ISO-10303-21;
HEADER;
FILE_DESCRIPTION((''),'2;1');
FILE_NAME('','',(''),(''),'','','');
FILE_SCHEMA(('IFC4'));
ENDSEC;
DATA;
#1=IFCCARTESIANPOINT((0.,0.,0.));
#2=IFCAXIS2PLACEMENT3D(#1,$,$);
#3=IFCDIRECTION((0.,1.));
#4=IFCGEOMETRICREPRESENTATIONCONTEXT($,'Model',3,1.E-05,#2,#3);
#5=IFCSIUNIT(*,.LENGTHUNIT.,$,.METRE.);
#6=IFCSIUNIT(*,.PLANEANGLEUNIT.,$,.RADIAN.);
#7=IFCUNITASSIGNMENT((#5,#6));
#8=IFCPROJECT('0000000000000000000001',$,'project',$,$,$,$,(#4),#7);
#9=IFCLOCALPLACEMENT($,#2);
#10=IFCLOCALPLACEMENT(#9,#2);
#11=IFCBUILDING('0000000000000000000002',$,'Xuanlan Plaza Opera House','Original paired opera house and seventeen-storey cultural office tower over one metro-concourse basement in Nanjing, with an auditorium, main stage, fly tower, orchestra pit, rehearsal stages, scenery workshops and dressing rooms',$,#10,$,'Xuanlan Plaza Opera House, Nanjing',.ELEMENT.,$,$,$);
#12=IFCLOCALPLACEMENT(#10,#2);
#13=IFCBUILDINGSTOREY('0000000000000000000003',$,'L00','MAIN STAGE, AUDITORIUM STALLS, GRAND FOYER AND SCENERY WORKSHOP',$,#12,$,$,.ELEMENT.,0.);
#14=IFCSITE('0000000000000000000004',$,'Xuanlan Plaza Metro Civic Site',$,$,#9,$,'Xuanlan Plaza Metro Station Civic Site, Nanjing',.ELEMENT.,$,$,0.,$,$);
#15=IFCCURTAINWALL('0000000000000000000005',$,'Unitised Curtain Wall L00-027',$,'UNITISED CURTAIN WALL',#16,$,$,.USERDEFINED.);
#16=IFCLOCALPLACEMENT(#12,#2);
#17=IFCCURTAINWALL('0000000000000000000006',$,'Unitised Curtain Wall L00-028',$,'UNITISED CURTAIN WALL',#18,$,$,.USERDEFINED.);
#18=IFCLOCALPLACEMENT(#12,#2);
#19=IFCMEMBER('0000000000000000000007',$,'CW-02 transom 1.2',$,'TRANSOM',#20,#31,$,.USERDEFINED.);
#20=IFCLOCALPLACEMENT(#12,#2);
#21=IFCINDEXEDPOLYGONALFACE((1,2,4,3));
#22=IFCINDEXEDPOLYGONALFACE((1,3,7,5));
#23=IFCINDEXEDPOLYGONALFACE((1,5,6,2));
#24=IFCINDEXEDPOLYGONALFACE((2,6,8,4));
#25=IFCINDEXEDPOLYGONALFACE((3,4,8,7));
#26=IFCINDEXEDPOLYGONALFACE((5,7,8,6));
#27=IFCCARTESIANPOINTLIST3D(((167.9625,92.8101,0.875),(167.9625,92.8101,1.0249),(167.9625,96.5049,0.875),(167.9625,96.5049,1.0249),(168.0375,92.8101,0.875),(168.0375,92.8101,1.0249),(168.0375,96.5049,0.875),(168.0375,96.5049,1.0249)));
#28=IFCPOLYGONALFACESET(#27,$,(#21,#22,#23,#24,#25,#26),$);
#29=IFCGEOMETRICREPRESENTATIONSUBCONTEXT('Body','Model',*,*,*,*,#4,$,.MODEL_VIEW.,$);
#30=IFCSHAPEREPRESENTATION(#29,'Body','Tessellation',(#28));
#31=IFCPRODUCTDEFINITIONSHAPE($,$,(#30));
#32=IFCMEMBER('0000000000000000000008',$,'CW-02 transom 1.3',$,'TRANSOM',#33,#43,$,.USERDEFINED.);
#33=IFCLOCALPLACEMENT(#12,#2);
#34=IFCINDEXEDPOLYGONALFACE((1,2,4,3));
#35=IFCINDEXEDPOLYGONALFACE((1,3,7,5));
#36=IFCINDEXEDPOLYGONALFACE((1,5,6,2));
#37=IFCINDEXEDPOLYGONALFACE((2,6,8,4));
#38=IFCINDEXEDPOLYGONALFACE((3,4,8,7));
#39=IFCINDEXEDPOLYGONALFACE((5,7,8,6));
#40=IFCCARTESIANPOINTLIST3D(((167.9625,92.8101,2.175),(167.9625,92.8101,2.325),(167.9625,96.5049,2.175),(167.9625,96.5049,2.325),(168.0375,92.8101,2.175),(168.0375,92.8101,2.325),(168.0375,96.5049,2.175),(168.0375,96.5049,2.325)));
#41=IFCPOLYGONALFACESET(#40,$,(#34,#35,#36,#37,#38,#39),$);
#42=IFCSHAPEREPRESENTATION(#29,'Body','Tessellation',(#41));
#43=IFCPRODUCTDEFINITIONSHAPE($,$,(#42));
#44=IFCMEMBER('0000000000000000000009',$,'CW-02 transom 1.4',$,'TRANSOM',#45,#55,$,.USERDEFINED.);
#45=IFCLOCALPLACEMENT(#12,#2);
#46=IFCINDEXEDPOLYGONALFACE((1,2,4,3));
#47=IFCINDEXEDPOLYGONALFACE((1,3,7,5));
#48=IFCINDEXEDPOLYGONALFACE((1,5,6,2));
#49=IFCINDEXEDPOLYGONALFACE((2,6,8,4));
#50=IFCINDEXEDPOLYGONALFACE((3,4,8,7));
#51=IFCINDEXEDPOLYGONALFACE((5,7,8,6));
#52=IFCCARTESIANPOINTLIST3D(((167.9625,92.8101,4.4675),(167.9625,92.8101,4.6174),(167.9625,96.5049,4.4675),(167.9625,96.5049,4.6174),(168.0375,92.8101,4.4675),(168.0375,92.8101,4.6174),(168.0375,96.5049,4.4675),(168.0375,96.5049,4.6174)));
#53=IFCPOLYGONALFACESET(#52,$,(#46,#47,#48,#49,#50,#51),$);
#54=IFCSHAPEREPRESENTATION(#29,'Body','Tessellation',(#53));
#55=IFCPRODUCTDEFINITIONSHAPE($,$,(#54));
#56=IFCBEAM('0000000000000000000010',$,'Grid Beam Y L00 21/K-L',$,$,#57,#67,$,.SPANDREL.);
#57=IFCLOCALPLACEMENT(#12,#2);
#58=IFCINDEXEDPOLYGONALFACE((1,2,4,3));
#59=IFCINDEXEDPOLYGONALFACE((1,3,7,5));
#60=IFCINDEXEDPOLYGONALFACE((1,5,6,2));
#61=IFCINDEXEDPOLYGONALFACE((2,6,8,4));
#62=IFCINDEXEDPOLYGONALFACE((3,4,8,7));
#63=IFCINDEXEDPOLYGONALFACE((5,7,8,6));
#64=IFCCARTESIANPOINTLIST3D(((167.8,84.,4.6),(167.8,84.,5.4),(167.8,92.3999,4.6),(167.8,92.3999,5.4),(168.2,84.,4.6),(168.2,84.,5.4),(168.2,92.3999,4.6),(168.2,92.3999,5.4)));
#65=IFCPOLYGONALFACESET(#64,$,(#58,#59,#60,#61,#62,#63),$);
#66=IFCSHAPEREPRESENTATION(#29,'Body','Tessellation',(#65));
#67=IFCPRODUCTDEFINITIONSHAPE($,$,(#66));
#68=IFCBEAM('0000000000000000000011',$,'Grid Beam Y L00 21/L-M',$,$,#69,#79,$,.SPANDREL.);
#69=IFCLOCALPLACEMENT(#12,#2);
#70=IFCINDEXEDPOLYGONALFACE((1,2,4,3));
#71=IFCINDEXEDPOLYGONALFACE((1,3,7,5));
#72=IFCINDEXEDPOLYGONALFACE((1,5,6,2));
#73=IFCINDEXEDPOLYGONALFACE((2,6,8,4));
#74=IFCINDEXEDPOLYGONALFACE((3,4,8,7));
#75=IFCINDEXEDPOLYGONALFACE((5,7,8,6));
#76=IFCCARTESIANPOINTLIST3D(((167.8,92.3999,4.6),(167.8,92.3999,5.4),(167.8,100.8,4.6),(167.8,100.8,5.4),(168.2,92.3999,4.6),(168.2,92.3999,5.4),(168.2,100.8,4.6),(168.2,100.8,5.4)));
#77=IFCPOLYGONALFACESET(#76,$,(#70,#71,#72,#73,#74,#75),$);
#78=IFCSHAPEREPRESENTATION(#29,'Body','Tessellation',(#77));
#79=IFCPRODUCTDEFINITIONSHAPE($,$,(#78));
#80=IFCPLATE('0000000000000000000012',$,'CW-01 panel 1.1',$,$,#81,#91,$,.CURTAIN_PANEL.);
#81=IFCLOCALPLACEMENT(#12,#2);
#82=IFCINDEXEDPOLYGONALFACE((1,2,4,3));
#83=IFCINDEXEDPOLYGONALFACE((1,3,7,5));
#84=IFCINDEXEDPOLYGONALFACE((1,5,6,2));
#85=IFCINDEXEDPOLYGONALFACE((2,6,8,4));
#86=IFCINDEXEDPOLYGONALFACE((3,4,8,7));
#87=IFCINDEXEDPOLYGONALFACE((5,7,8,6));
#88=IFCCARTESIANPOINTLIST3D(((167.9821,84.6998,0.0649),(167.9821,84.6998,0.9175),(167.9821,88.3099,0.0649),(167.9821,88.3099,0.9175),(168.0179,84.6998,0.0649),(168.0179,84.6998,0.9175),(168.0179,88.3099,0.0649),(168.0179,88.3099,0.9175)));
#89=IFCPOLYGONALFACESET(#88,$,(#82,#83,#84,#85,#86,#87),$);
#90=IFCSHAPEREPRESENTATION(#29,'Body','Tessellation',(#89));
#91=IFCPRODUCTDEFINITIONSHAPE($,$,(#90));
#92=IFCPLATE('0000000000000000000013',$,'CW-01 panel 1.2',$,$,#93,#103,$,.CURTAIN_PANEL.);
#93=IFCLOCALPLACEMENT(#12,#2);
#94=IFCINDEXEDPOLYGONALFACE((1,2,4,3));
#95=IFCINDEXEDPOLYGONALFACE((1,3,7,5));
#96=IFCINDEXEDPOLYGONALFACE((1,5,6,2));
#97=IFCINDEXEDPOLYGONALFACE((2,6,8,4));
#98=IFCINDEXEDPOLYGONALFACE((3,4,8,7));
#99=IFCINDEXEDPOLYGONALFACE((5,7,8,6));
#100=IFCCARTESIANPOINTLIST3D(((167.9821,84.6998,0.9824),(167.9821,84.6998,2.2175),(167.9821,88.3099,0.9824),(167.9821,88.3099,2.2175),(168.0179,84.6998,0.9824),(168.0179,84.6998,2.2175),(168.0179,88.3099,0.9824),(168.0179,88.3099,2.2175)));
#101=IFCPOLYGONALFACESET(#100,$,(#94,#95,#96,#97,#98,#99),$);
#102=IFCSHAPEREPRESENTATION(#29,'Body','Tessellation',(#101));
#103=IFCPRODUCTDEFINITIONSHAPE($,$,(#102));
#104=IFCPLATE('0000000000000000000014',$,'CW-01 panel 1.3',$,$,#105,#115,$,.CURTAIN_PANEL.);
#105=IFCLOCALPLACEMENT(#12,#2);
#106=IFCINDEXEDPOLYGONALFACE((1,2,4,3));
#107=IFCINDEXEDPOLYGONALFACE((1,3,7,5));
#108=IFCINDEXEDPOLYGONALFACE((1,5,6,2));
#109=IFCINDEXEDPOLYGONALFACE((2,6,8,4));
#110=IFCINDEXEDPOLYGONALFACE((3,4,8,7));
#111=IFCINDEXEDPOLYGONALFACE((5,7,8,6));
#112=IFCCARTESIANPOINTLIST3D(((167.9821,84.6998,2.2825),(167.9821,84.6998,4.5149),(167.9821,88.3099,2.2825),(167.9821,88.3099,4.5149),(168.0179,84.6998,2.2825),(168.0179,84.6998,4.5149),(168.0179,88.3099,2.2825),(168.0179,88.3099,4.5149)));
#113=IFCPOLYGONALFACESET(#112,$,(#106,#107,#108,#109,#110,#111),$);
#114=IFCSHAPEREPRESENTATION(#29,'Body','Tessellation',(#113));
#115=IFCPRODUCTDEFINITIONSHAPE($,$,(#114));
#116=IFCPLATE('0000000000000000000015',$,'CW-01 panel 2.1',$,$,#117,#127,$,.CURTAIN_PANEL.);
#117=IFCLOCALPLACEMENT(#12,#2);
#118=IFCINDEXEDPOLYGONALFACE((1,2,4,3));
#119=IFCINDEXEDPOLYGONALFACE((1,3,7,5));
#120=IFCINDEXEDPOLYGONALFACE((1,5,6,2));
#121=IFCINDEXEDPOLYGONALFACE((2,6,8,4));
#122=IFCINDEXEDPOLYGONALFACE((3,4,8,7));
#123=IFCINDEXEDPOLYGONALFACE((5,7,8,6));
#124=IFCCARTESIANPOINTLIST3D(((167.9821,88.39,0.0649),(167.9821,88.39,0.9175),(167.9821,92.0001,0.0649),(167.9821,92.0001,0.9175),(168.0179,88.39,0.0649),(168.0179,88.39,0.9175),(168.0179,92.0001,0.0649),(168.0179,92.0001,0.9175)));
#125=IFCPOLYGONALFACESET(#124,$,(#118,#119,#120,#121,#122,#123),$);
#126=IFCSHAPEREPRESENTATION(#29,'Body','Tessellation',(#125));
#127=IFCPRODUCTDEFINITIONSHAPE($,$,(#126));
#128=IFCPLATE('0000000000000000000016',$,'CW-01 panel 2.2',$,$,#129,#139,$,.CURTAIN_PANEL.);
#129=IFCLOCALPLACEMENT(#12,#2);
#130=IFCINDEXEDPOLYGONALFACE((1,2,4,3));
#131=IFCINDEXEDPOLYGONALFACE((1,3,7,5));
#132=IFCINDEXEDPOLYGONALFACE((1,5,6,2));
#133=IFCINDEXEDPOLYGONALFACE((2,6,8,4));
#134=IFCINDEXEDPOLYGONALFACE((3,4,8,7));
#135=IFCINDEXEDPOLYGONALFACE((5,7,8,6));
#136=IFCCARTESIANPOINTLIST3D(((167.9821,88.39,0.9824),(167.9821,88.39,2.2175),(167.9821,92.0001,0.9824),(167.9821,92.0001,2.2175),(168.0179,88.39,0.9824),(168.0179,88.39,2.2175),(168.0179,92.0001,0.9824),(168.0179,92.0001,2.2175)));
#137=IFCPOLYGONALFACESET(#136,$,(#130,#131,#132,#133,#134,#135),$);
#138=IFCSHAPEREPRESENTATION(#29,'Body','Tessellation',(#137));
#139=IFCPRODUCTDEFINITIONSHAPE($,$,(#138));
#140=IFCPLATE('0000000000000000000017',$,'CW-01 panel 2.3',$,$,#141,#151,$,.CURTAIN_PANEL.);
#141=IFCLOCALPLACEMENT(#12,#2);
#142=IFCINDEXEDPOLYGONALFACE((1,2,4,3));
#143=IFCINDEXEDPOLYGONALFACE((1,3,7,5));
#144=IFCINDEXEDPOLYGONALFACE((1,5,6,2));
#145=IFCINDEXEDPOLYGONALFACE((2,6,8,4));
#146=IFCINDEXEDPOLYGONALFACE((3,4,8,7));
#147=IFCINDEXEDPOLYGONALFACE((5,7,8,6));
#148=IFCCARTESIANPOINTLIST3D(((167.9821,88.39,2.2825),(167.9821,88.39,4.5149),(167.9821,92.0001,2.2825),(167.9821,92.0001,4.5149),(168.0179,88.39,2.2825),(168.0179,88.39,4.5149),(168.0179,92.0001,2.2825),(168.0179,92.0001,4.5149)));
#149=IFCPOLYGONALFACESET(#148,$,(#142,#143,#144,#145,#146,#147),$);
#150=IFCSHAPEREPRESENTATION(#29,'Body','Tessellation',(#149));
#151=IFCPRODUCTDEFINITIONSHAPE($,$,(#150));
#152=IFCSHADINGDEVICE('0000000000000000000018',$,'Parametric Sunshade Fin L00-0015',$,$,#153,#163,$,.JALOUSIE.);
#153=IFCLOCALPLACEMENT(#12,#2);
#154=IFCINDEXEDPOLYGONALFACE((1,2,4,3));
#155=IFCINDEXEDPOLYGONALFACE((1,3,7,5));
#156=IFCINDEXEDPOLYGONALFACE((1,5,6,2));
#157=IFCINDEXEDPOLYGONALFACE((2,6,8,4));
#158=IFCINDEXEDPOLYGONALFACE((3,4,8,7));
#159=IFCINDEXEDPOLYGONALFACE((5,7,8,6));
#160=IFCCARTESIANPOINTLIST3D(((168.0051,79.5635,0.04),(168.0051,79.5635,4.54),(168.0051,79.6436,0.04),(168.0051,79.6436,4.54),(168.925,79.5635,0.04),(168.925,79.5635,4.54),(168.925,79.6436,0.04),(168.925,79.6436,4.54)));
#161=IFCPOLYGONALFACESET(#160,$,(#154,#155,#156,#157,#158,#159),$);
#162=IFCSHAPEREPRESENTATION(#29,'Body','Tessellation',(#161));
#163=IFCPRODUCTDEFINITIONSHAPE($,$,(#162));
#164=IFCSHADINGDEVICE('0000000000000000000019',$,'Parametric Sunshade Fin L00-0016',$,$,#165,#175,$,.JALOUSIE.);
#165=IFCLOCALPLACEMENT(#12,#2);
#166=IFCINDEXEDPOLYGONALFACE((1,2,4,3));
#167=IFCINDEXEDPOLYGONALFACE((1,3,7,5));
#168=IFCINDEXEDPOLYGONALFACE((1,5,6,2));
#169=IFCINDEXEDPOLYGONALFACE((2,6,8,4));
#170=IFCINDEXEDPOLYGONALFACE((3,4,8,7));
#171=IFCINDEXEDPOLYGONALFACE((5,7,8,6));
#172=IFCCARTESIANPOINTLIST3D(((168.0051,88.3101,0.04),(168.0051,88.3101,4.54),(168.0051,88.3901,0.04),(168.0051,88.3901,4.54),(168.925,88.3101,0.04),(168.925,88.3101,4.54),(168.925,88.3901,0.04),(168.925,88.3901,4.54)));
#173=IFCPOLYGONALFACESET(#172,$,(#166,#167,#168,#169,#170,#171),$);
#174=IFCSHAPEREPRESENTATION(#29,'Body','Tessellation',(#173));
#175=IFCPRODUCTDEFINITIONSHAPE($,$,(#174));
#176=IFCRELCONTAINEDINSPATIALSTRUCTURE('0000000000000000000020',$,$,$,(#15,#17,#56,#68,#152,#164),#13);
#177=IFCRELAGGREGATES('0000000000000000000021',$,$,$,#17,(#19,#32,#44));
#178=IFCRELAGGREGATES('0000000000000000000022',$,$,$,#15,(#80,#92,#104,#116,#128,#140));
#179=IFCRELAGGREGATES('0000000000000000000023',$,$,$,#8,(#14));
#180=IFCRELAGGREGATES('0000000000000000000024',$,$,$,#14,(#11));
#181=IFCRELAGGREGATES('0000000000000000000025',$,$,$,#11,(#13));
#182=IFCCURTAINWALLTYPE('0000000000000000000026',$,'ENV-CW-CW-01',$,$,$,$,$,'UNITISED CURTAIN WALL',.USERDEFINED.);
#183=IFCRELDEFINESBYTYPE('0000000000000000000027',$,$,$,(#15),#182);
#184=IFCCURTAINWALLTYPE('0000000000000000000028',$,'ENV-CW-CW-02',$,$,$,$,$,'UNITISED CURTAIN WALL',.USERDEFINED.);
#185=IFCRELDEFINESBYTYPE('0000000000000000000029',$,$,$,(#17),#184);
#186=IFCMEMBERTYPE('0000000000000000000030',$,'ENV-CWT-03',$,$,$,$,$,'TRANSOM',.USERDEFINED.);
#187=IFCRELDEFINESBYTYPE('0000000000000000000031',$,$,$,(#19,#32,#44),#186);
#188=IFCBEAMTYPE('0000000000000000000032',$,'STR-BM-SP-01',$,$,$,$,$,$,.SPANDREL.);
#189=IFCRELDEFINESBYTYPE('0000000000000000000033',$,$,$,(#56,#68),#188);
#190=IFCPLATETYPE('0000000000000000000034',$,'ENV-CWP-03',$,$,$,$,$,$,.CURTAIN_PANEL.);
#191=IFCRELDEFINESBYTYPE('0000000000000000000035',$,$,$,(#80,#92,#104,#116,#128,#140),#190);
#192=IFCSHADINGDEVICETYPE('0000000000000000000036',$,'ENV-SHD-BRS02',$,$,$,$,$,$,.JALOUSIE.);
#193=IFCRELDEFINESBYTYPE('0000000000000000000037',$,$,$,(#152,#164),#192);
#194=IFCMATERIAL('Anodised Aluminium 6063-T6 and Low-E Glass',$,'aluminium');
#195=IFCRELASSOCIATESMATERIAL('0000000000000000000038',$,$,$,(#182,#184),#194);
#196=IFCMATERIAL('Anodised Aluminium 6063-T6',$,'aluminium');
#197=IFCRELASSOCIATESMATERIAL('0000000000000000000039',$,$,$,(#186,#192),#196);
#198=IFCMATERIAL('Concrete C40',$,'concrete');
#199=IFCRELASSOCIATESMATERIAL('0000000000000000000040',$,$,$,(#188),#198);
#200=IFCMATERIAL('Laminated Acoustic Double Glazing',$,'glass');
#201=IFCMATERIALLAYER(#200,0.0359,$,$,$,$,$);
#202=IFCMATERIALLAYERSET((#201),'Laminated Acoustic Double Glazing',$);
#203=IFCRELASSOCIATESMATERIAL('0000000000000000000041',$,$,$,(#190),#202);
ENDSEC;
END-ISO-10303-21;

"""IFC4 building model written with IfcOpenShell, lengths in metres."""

from ifc_helpers import new_model, si_unit, direction, frame, origin, origin_2d, place, context, subcontext, project, spatial, rectangle, extrude, material, layer, layer_set, material_profile, profile_set, type_object, element, aggregate, save


model = new_model("IFC4")

# Units and contexts
model_context = context("Model", 3, precision=1e-05, world=origin(), true_north=direction((0.0, 1.0)))
body_context = subcontext(model_context, "Body", "Model", "MODEL_VIEW")
ifc_project = project(units=[si_unit("LENGTHUNIT", "METRE"), si_unit("PLANEANGLEUNIT", "RADIAN")], contexts=[model_context])

# Site, building, storey
site_placement = place(None, origin())
site = spatial("IfcSite", under=ifc_project, at=site_placement, Name="Xuanlan Plaza Metro Civic Site", LongName="Xuanlan Plaza Metro Station Civic Site, Nanjing", CompositionType="ELEMENT", RefElevation=0.0)
building_placement = place(site_placement, origin())
building = spatial("IfcBuilding", under=site, at=building_placement, Name="Xuanlan Plaza Opera House", Description="Original paired opera house and seventeen-storey cultural office tower over one metro-concourse basement in Nanjing, with an auditorium, main stage, fly tower, orchestra pit, rehearsal stages, scenery workshops and dressing rooms", LongName="Xuanlan Plaza Opera House, Nanjing", CompositionType="ELEMENT")
storey_placement = place(building_placement, origin())
storey = spatial("IfcBuildingStorey", under=building, at=storey_placement, Name="L00", Description="MAIN STAGE, AUDITORIUM STALLS, GRAND FOYER AND SCENERY WORKSHOP", CompositionType="ELEMENT", Elevation=0.0)

# Shared definitions
ifc_material_1 = material(Name="Concrete C40", Category="concrete")

# Curtain wall
ifc_material_2 = material(Name="Anodised Aluminium 6063-T6 and Low-E Glass", Category="aluminium")
curtain_wall_type_1 = type_object("IfcCurtainWallType", Name="ENV-CW-CW-01", ElementType="UNITISED CURTAIN WALL", PredefinedType="USERDEFINED", material=ifc_material_2)
curtain_wall_1_placement = place(storey_placement, origin())
curtain_wall_1 = element("IfcCurtainWall", 1, at=curtain_wall_1_placement, inside=storey, type_object=curtain_wall_type_1, Name="Unitised Curtain Wall L00-027", ObjectType="UNITISED CURTAIN WALL", PredefinedType="USERDEFINED")
ifc_material_3 = material(Name="Anodised Aluminium 6063-T6", Category="aluminium")

# Curtain wall
curtain_wall_type_2 = type_object("IfcCurtainWallType", Name="ENV-CW-CW-02", ElementType="UNITISED CURTAIN WALL", PredefinedType="USERDEFINED", material=ifc_material_2)
curtain_wall_2_placement = place(storey_placement, origin())
curtain_wall_2 = element("IfcCurtainWall", 2, at=curtain_wall_2_placement, inside=storey, type_object=curtain_wall_type_2, Name="Unitised Curtain Wall L00-028", ObjectType="UNITISED CURTAIN WALL", PredefinedType="USERDEFINED")

# Members
ifc_material_profile_1 = material_profile(ifc_material_3, rectangle(XDim=0.075, YDim=0.1499, at=origin_2d()), Name="ALU-T 75x150")
ifc_profile_set_1 = profile_set([ifc_material_profile_1], Name="Anodised Aluminium 6063-T6")
member_type_1 = type_object("IfcMemberType", Name="ENV-CWT-03", ElementType="TRANSOM", PredefinedType="USERDEFINED", material=ifc_profile_set_1)
member_1_placement = place(storey_placement, frame((168.0, 92.8101, 0.95), z_axis=(0.0, 1.0, 0.0), x_axis=(-1.0, 0.0, 0.0)))
member_1 = element("IfcMember", 3, at=member_1_placement, type_object=member_type_1, Name="CW-02 transom 1.2", ObjectType="TRANSOM", PredefinedType="USERDEFINED", context=body_context, shape_type="SweptSolid", body=[
    extrude(rectangle(XDim=0.075, YDim=0.1499, at=origin_2d()), origin(), (0.0, 0.0, 1.0), 3.6948),
])
member_2_placement = place(storey_placement, frame((168.0, 92.8101, 2.25), z_axis=(0.0, 1.0, 0.0), x_axis=(-1.0, 0.0, 0.0)))
member_2 = element("IfcMember", 4, at=member_2_placement, type_object=member_type_1, Name="CW-02 transom 1.3", ObjectType="TRANSOM", PredefinedType="USERDEFINED", context=body_context, shape_type="SweptSolid", body=[
    extrude(rectangle(XDim=0.075, YDim=0.1499, at=origin_2d()), origin(), (0.0, 0.0, 1.0), 3.6948),
])
member_3_placement = place(storey_placement, frame((168.0, 92.8101, 4.5425), z_axis=(0.0, 1.0, 0.0), x_axis=(-1.0, 0.0, 0.0)))
member_3 = element("IfcMember", 5, at=member_3_placement, type_object=member_type_1, Name="CW-02 transom 1.4", ObjectType="TRANSOM", PredefinedType="USERDEFINED", context=body_context, shape_type="SweptSolid", body=[
    extrude(rectangle(XDim=0.075, YDim=0.1499, at=origin_2d()), origin(), (0.0, 0.0, 1.0), 3.6948),
])
aggregate(curtain_wall_2, [member_1, member_2, member_3])

# Beams
ifc_material_profile_2 = material_profile(ifc_material_1, rectangle(XDim=0.3999, YDim=0.8, at=origin_2d()), Name="RC-SPD 400x800")
ifc_profile_set_2 = profile_set([ifc_material_profile_2], Name="Concrete C40")
beam_type = type_object("IfcBeamType", Name="STR-BM-SP-01", PredefinedType="SPANDREL", material=ifc_profile_set_2)
beam_1_placement = place(storey_placement, frame((168.0, 84.0, 5.0), z_axis=(0.0, 1.0, 0.0), x_axis=(-1.0, 0.0, 0.0)))
element("IfcBeam", 6, at=beam_1_placement, inside=storey, type_object=beam_type, Name="Grid Beam Y L00 21/K-L", PredefinedType="SPANDREL", context=body_context, shape_type="SweptSolid", body=[
    extrude(rectangle(XDim=0.3999, YDim=0.8, at=origin_2d()), origin(), (0.0, 0.0, 1.0), 8.3999),
])
beam_2_placement = place(storey_placement, frame((168.0, 92.3999, 5.0), z_axis=(0.0, 1.0, 0.0), x_axis=(-1.0, 0.0, 0.0)))
element("IfcBeam", 7, at=beam_2_placement, inside=storey, type_object=beam_type, Name="Grid Beam Y L00 21/L-M", PredefinedType="SPANDREL", context=body_context, shape_type="SweptSolid", body=[
    extrude(rectangle(XDim=0.3999, YDim=0.8, at=origin_2d()), origin(), (0.0, 0.0, 1.0), 8.4001),
])

# Plates
ifc_material_4 = material(Name="Laminated Acoustic Double Glazing", Category="glass")
ifc_layer = layer(ifc_material_4, 0.0359)
ifc_layer_set = layer_set([ifc_layer], Name="Laminated Acoustic Double Glazing")
plate_type = type_object("IfcPlateType", Name="ENV-CWP-03", PredefinedType="CURTAIN_PANEL", material=ifc_layer_set)
plate_1_placement = place(storey_placement, frame((168.0, 86.5049, 0.0649), z_axis=(0.0, 0.0, 1.0), x_axis=(0.0, 1.0, 0.0)))
plate_1 = element("IfcPlate", 8, at=plate_1_placement, type_object=plate_type, Name="CW-01 panel 1.1", PredefinedType="CURTAIN_PANEL", context=body_context, shape_type="SweptSolid", body=[
    extrude(rectangle(XDim=3.6101, YDim=0.0359, at=origin_2d()), origin(), (0.0, 0.0, 1.0), 0.8525),
])
plate_2_placement = place(storey_placement, frame((168.0, 86.5049, 0.9824), z_axis=(0.0, 0.0, 1.0), x_axis=(0.0, 1.0, 0.0)))
plate_2 = element("IfcPlate", 9, at=plate_2_placement, type_object=plate_type, Name="CW-01 panel 1.2", PredefinedType="CURTAIN_PANEL", context=body_context, shape_type="SweptSolid", body=[
    extrude(rectangle(XDim=3.6101, YDim=0.0359, at=origin_2d()), origin(), (0.0, 0.0, 1.0), 1.2351),
])
plate_3_placement = place(storey_placement, frame((168.0, 86.5049, 2.2825), z_axis=(0.0, 0.0, 1.0), x_axis=(0.0, 1.0, 0.0)))
plate_3 = element("IfcPlate", 10, at=plate_3_placement, type_object=plate_type, Name="CW-01 panel 1.3", PredefinedType="CURTAIN_PANEL", context=body_context, shape_type="SweptSolid", body=[
    extrude(rectangle(XDim=3.6101, YDim=0.0359, at=origin_2d()), origin(), (0.0, 0.0, 1.0), 2.2324),
])
plate_4_placement = place(storey_placement, frame((168.0, 90.1951, 0.0649), z_axis=(0.0, 0.0, 1.0), x_axis=(0.0, 1.0, 0.0)))
plate_4 = element("IfcPlate", 11, at=plate_4_placement, type_object=plate_type, Name="CW-01 panel 2.1", PredefinedType="CURTAIN_PANEL", context=body_context, shape_type="SweptSolid", body=[
    extrude(rectangle(XDim=3.6101, YDim=0.0359, at=origin_2d()), origin(), (0.0, 0.0, 1.0), 0.8525),
])
plate_5_placement = place(storey_placement, frame((168.0, 90.1951, 0.9824), z_axis=(0.0, 0.0, 1.0), x_axis=(0.0, 1.0, 0.0)))
plate_5 = element("IfcPlate", 12, at=plate_5_placement, type_object=plate_type, Name="CW-01 panel 2.2", PredefinedType="CURTAIN_PANEL", context=body_context, shape_type="SweptSolid", body=[
    extrude(rectangle(XDim=3.6101, YDim=0.0359, at=origin_2d()), origin(), (0.0, 0.0, 1.0), 1.2351),
])
plate_6_placement = place(storey_placement, frame((168.0, 90.1951, 2.2825), z_axis=(0.0, 0.0, 1.0), x_axis=(0.0, 1.0, 0.0)))
plate_6 = element("IfcPlate", 13, at=plate_6_placement, type_object=plate_type, Name="CW-01 panel 2.3", PredefinedType="CURTAIN_PANEL", context=body_context, shape_type="SweptSolid", body=[
    extrude(rectangle(XDim=3.6101, YDim=0.0359, at=origin_2d()), origin(), (0.0, 0.0, 1.0), 2.2324),
])
aggregate(curtain_wall_1, [plate_1, plate_2, plate_3, plate_4, plate_5, plate_6])

# Shading devices
shading_device_type = type_object("IfcShadingDeviceType", Name="ENV-SHD-BRS02", PredefinedType="JALOUSIE", material=ifc_material_3)
for number, where, z_axis, x_axis, name in (
    (14, (168.4651, 79.6035, 0.04), (0.0, 0.0, 1.0), (1.0, 0.0, 0.0), "Parametric Sunshade Fin L00-0015"),
    (15, (168.4651, 88.3501, 0.04), (0.0, 0.0, 1.0), (1.0, 0.0, 0.0), "Parametric Sunshade Fin L00-0016"),
):
    element("IfcShadingDevice", number, at=place(storey_placement, frame(where, z_axis=z_axis, x_axis=x_axis)), inside=storey, type_object=shading_device_type, Name=name, PredefinedType="JALOUSIE", context=body_context, shape_type="SweptSolid", body=[
        extrude(rectangle(XDim=0.9199, YDim=0.0801, at=origin_2d()), origin(), (0.0, 0.0, 1.0), 4.5),
    ])

save(model, "model.ifc")
